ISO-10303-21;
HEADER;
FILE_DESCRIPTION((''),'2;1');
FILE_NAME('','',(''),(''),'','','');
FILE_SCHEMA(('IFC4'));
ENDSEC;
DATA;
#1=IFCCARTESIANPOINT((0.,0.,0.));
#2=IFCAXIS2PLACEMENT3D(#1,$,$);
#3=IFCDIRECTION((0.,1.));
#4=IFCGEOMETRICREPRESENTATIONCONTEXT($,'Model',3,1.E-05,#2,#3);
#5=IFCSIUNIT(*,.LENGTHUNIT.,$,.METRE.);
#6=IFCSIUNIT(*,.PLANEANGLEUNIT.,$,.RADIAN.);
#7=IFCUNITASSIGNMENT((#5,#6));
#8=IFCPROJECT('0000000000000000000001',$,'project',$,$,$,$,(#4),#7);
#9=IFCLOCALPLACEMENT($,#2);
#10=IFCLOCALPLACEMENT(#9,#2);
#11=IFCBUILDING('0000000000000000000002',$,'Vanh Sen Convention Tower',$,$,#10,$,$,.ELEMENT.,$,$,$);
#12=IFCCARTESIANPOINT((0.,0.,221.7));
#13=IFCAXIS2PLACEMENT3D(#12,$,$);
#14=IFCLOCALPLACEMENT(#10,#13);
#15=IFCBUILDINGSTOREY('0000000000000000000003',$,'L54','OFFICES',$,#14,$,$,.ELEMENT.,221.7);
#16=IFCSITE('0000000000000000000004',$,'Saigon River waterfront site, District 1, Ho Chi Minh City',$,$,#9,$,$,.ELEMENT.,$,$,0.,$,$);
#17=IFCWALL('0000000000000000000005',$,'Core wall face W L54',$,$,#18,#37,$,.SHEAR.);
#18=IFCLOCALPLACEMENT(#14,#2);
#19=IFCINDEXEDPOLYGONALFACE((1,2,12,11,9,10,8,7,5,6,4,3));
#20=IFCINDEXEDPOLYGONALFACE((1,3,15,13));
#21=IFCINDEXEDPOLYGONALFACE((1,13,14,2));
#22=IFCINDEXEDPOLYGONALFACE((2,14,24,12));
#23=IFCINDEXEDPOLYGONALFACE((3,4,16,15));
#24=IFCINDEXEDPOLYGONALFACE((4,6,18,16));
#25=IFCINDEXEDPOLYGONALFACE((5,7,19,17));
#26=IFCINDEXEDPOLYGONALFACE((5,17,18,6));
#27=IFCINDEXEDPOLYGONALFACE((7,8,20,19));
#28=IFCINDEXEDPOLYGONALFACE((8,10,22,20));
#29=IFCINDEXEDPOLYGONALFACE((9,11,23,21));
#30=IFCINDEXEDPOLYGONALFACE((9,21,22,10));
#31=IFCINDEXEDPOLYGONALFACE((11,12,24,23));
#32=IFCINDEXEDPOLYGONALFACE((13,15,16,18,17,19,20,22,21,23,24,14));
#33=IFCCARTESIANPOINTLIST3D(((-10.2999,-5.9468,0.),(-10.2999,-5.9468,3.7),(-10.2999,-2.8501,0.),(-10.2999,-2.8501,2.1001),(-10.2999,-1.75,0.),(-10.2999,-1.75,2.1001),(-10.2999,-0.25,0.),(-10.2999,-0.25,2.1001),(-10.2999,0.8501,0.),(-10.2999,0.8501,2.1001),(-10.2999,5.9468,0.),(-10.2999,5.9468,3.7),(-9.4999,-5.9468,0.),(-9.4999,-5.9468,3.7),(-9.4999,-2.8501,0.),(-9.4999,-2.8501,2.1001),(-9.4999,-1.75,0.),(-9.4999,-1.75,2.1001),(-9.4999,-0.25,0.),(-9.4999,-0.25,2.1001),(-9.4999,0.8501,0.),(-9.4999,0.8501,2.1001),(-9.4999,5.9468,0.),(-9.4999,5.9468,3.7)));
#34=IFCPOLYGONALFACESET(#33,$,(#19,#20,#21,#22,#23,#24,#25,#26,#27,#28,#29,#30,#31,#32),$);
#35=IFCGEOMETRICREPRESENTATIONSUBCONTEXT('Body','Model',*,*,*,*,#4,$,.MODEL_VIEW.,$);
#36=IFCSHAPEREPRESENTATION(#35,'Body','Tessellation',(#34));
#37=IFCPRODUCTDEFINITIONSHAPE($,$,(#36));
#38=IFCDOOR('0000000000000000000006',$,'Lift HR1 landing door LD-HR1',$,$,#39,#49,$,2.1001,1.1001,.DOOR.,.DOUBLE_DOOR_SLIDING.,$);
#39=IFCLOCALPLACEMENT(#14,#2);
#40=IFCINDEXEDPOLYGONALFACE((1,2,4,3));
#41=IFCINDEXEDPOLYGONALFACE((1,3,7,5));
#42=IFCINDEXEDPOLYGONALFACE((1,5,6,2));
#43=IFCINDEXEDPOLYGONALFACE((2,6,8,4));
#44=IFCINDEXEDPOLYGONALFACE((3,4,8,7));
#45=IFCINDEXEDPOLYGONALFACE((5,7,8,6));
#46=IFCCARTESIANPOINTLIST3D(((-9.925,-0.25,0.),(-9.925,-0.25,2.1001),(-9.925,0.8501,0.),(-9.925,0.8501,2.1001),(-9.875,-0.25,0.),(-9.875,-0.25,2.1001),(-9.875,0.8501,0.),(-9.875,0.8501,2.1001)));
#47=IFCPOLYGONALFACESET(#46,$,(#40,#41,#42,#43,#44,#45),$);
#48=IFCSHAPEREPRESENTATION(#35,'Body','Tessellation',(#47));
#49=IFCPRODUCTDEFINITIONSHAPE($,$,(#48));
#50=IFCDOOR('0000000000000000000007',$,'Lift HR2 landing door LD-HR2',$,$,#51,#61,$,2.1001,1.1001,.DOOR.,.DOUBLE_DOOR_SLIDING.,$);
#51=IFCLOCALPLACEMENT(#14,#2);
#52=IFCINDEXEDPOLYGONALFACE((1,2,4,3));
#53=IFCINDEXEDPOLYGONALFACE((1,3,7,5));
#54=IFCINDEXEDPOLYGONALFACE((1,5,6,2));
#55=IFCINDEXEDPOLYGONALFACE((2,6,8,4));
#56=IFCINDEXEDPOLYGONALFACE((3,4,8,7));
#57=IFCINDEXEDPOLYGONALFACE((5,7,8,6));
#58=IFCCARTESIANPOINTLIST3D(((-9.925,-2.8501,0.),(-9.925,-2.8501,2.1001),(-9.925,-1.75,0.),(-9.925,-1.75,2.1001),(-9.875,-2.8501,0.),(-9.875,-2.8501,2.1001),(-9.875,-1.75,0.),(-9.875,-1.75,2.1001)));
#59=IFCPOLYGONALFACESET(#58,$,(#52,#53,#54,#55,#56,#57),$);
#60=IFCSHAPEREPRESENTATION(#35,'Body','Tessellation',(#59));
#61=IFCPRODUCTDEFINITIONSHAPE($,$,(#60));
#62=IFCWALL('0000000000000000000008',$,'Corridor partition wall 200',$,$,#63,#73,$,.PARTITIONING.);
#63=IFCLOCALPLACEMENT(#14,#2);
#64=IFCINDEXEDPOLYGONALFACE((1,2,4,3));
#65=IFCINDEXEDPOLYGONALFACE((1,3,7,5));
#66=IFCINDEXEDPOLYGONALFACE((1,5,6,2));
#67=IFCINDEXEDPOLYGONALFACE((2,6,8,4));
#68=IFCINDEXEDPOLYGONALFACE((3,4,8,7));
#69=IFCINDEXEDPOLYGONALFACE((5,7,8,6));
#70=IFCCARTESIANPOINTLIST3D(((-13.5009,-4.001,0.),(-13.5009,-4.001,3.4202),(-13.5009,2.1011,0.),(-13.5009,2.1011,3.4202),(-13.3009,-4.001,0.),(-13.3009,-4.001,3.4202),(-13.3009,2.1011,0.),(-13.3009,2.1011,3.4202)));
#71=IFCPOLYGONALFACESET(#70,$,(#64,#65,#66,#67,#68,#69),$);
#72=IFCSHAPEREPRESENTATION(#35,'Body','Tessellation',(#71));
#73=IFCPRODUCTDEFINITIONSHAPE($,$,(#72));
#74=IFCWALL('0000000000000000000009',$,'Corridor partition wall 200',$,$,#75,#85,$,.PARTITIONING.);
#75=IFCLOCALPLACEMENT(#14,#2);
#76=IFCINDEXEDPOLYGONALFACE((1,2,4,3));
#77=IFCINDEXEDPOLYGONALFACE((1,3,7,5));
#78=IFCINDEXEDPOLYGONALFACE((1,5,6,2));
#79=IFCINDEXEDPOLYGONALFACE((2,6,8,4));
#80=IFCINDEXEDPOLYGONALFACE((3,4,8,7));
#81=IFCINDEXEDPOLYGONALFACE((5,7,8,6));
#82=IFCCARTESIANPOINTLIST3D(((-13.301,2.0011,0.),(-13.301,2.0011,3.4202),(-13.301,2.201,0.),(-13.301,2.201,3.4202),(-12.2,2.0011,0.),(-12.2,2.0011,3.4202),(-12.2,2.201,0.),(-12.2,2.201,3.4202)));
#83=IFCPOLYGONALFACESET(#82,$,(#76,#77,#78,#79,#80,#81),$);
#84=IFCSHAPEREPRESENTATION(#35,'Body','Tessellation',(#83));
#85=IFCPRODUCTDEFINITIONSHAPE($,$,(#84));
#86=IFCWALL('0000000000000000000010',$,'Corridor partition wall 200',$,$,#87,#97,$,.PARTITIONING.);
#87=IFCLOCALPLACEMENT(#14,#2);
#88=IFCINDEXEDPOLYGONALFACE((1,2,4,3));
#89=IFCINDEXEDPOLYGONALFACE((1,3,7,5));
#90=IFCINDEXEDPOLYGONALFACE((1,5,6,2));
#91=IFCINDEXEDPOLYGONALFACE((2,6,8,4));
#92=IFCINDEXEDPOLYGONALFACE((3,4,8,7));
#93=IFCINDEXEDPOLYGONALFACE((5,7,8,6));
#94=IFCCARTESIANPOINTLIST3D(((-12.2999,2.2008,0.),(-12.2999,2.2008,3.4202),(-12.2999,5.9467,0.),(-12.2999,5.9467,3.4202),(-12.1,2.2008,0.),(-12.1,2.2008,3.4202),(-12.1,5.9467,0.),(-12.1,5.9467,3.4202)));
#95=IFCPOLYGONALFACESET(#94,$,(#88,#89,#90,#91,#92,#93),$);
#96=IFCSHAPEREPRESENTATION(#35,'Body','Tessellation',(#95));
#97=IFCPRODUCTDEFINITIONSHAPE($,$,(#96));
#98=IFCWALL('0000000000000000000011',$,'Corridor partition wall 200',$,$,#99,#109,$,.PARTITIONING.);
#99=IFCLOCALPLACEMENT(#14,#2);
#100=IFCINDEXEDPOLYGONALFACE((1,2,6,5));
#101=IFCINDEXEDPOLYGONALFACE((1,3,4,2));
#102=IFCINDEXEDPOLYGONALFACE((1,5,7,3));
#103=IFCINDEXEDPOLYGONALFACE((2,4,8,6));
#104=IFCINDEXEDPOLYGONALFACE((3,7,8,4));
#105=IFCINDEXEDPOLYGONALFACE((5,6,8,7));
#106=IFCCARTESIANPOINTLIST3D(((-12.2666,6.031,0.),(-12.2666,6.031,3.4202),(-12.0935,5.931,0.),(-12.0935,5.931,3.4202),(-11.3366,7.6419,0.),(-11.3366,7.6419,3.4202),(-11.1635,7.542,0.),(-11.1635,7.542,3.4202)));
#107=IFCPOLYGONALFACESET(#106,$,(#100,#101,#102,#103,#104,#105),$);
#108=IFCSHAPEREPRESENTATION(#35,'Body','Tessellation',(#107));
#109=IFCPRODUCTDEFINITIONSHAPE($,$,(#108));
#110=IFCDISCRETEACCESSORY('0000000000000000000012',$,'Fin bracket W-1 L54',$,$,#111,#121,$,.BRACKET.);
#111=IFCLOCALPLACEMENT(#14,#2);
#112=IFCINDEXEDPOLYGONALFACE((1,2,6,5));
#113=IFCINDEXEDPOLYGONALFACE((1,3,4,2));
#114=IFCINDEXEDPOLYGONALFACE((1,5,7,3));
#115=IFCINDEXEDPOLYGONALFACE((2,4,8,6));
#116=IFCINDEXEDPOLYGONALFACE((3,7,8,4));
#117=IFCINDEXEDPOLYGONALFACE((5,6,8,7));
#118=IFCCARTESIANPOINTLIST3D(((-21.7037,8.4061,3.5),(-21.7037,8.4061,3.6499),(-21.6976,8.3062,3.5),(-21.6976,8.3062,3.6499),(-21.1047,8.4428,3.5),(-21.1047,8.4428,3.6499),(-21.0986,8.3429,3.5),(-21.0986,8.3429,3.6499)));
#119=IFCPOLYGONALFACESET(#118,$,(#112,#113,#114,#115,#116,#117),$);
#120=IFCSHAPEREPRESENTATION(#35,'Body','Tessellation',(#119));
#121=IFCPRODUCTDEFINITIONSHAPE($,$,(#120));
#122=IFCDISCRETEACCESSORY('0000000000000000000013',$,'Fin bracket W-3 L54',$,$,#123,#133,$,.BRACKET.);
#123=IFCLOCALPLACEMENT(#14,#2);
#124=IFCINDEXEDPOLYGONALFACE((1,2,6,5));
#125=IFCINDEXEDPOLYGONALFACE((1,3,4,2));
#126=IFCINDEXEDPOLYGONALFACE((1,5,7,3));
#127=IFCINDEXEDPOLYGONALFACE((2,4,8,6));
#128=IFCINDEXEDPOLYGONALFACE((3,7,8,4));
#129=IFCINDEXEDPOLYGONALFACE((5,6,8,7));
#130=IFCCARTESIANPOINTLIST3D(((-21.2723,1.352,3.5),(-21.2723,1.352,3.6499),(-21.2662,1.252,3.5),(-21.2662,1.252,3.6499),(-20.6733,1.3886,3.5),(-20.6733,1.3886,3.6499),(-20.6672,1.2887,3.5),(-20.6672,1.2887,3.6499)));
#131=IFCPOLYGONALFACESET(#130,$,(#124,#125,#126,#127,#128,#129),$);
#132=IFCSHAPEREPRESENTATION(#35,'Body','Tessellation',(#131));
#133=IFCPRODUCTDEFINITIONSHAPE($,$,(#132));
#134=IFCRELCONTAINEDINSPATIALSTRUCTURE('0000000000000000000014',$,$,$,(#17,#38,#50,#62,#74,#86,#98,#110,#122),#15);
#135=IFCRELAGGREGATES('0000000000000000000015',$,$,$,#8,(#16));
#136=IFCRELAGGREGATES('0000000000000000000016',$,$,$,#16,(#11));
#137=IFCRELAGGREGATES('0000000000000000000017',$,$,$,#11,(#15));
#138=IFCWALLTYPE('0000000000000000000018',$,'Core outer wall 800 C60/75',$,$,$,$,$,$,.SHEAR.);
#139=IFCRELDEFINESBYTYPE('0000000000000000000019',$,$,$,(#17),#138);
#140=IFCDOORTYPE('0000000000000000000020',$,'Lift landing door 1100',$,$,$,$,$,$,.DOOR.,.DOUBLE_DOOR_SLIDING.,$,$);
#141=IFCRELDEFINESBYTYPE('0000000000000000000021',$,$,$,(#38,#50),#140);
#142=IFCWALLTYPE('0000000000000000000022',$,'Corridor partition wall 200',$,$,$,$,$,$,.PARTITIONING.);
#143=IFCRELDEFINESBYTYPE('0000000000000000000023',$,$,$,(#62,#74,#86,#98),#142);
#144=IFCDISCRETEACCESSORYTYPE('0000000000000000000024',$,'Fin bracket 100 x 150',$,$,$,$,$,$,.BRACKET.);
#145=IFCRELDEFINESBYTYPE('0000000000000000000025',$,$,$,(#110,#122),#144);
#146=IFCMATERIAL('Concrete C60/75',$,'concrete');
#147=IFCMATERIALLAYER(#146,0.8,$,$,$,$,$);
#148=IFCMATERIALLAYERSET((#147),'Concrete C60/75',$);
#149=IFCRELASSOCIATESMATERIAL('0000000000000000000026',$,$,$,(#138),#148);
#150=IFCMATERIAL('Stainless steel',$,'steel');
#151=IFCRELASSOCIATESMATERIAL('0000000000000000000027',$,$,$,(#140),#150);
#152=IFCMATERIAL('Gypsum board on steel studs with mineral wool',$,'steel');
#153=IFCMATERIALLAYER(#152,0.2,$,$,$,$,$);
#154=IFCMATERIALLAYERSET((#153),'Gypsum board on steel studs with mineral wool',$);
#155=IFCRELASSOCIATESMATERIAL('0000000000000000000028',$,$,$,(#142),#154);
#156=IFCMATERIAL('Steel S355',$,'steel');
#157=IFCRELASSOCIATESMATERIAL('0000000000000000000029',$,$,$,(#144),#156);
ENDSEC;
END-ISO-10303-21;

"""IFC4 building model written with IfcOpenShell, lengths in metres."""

from ifc_helpers import new_model, si_unit, direction, frame, frame_2d, origin, origin_2d, place, context, subcontext, project, spatial, rectangle, extrude, material, layer, layer_set, type_object, element, fill, save


model = new_model("IFC4")

# Units and contexts
model_context = context("Model", 3, precision=1e-05, world=origin(), true_north=direction((0.0, 1.0)))
body_context = subcontext(model_context, "Body", "Model", "MODEL_VIEW")
ifc_project = project(units=[si_unit("LENGTHUNIT", "METRE"), si_unit("PLANEANGLEUNIT", "RADIAN")], contexts=[model_context])

# Site, building, storey
site_placement = place(None, origin())
site = spatial("IfcSite", under=ifc_project, at=site_placement, Name="Saigon River waterfront site, District 1, Ho Chi Minh City", CompositionType="ELEMENT", RefElevation=0.0)
building_placement = place(site_placement, origin())
building = spatial("IfcBuilding", under=site, at=building_placement, Name="Vanh Sen Convention Tower", CompositionType="ELEMENT")
storey_placement = place(building_placement, frame((0.0, 0.0, 221.7)))
storey = spatial("IfcBuildingStorey", under=building, at=storey_placement, Name="L54", Description="OFFICES", CompositionType="ELEMENT", Elevation=221.7)

# Shared definitions
ifc_material_1 = material(Name="Concrete C60/75", Category="concrete")

# Wall, openings, doors
ifc_layer_1 = layer(ifc_material_1, 0.8)
ifc_layer_set_1 = layer_set([ifc_layer_1], Name="Concrete C60/75")
wall_type_1 = type_object("IfcWallType", Name="Core outer wall 800 C60/75", PredefinedType="SHEAR", material=ifc_layer_set_1)
wall_1_placement = place(storey_placement, frame((-9.8999, 5.9468, 0.0), z_axis=(0.0, 0.0, 1.0), x_axis=(0.0, -1.0, 0.0)))
wall_1 = element("IfcWall", 1, at=wall_1_placement, inside=storey, type_object=wall_type_1, Name="Core wall face W L54", PredefinedType="SHEAR", context=body_context, shape_type="SweptSolid", body=[
    extrude(rectangle(XDim=11.8936, YDim=0.8, at=frame_2d((5.9468, 0.0))), origin(), (0.0, 0.0, 1.0), 3.7),
])
opening_1_placement = place(wall_1_placement, frame((5.0967, 0.0, 0.0)))
opening_1 = element("IfcOpeningElement", 2, at=opening_1_placement, cuts=wall_1, PredefinedType="OPENING", context=body_context, shape_type="SweptSolid", body=[
    extrude(rectangle(XDim=1.1001, YDim=2.1001, at=frame_2d((0.55, 1.05))), frame((0.0, 0.4099, 0.0), z_axis=(0.0, -1.0, 0.0), x_axis=(1.0, 0.0, 0.0)), (0.0, 0.0, 1.0), 0.8201),
])
opening_2_placement = place(wall_1_placement, frame((7.6968, 0.0, 0.0)))
opening_2 = element("IfcOpeningElement", 3, at=opening_2_placement, cuts=wall_1, PredefinedType="OPENING", context=body_context, shape_type="SweptSolid", body=[
    extrude(rectangle(XDim=1.1001, YDim=2.1001, at=frame_2d((0.55, 1.05))), frame((0.0, 0.4099, 0.0), z_axis=(0.0, -1.0, 0.0), x_axis=(1.0, 0.0, 0.0)), (0.0, 0.0, 1.0), 0.8201),
])
ifc_material_2 = material(Name="Stainless steel", Category="steel")
door_type = type_object("IfcDoorType", Name="Lift landing door 1100", OperationType="DOUBLE_DOOR_SLIDING", PredefinedType="DOOR", material=ifc_material_2)
door_1_placement = place(opening_1_placement, origin())
door_1 = element("IfcDoor", 4, at=door_1_placement, inside=storey, type_object=door_type, Name="Lift HR1 landing door LD-HR1", OperationType="DOUBLE_DOOR_SLIDING", OverallHeight=2.1001, OverallWidth=1.1001, PredefinedType="DOOR", context=body_context, shape_type="SweptSolid", body=[
    extrude(rectangle(XDim=1.1001, YDim=2.1001, at=frame_2d((0.55, 1.05))), frame((0.0, 0.0249, 0.0), z_axis=(0.0, -1.0, 0.0), x_axis=(1.0, 0.0, 0.0)), (0.0, 0.0, 1.0), 0.05),
])
fill(opening_1, door_1)
door_2_placement = place(opening_2_placement, origin())
door_2 = element("IfcDoor", 5, at=door_2_placement, inside=storey, type_object=door_type, Name="Lift HR2 landing door LD-HR2", OperationType="DOUBLE_DOOR_SLIDING", OverallHeight=2.1001, OverallWidth=1.1001, PredefinedType="DOOR", context=body_context, shape_type="SweptSolid", body=[
    extrude(rectangle(XDim=1.1001, YDim=2.1001, at=frame_2d((0.55, 1.05))), frame((0.0, 0.0249, 0.0), z_axis=(0.0, -1.0, 0.0), x_axis=(1.0, 0.0, 0.0)), (0.0, 0.0, 1.0), 0.05),
])
fill(opening_2, door_2)

# Walls
ifc_material_3 = material(Name="Gypsum board on steel studs with mineral wool", Category="steel")
ifc_layer_2 = layer(ifc_material_3, 0.2)
ifc_layer_set_2 = layer_set([ifc_layer_2], Name="Gypsum board on steel studs with mineral wool")
wall_type_2 = type_object("IfcWallType", Name="Corridor partition wall 200", PredefinedType="PARTITIONING", material=ifc_layer_set_2)
wall_2_placement = place(storey_placement, frame((-13.4009, 2.1011, 0.0), z_axis=(0.0, 0.0, 1.0), x_axis=(0.0, -1.0, 0.0)))
element("IfcWall", 6, at=wall_2_placement, inside=storey, type_object=wall_type_2, Name="Corridor partition wall 200", PredefinedType="PARTITIONING", context=body_context, shape_type="SweptSolid", body=[
    extrude(rectangle(XDim=6.1021, YDim=0.2, at=frame_2d((3.051, 0.0))), origin(), (0.0, 0.0, 1.0), 3.4202),
])
wall_3_placement = place(storey_placement, frame((-12.2, 2.1011, 0.0), z_axis=(0.0, 0.0, 1.0), x_axis=(-1.0, 0.0, 0.0)))
element("IfcWall", 7, at=wall_3_placement, inside=storey, type_object=wall_type_2, Name="Corridor partition wall 200", PredefinedType="PARTITIONING", context=body_context, shape_type="SweptSolid", body=[
    extrude(rectangle(XDim=1.1011, YDim=0.2, at=frame_2d((0.5505, 0.0))), origin(), (0.0, 0.0, 1.0), 3.4202),
])
wall_4_placement = place(storey_placement, frame((-12.2, 5.9468, 0.0), z_axis=(0.0, 0.0, 1.0), x_axis=(0.0, -1.0, 0.0)))
element("IfcWall", 8, at=wall_4_placement, inside=storey, type_object=wall_type_2, Name="Corridor partition wall 200", PredefinedType="PARTITIONING", context=body_context, shape_type="SweptSolid", body=[
    extrude(rectangle(XDim=3.7458, YDim=0.2, at=frame_2d((1.873, 0.0))), origin(), (0.0, 0.0, 1.0), 3.4202),
])
wall_5_placement = place(storey_placement, frame((-11.25, 7.592, 0.0), z_axis=(0.0, 0.0, 1.0), x_axis=(-0.499965, -0.866046, 0.0)))
element("IfcWall", 9, at=wall_5_placement, inside=storey, type_object=wall_type_2, Name="Corridor partition wall 200", PredefinedType="PARTITIONING", context=body_context, shape_type="SweptSolid", body=[
    extrude(rectangle(XDim=1.8601, YDim=0.2, at=frame_2d((0.9302, 0.0))), origin(), (0.0, 0.0, 1.0), 3.4202),
])

# Discrete accessories
ifc_material_4 = material(Name="Steel S355", Category="steel")
discrete_accessory_type = type_object("IfcDiscreteAccessoryType", Name="Fin bracket 100 x 150", PredefinedType="BRACKET", material=ifc_material_4)
for number, where, z_axis, x_axis, name in (
    (10, (-21.4011, 8.3745, 3.5), (0.0, 0.0, 1.0), (-0.998135, -0.061049, 0.0), "Fin bracket W-1 L54"),
    (11, (-20.9697, 1.3203, 3.5), (0.0, 0.0, 1.0), (-0.998135, -0.061049, 0.0), "Fin bracket W-3 L54"),
):
    element("IfcDiscreteAccessory", number, at=place(storey_placement, frame(where, z_axis=z_axis, x_axis=x_axis)), inside=storey, type_object=discrete_accessory_type, Name=name, PredefinedType="BRACKET", context=body_context, shape_type="SweptSolid", body=[
        extrude(rectangle(XDim=0.6001, YDim=0.1001, at=origin_2d()), origin(), (0.0, 0.0, 1.0), 0.1499),
    ])

save(model, "model.ifc")
